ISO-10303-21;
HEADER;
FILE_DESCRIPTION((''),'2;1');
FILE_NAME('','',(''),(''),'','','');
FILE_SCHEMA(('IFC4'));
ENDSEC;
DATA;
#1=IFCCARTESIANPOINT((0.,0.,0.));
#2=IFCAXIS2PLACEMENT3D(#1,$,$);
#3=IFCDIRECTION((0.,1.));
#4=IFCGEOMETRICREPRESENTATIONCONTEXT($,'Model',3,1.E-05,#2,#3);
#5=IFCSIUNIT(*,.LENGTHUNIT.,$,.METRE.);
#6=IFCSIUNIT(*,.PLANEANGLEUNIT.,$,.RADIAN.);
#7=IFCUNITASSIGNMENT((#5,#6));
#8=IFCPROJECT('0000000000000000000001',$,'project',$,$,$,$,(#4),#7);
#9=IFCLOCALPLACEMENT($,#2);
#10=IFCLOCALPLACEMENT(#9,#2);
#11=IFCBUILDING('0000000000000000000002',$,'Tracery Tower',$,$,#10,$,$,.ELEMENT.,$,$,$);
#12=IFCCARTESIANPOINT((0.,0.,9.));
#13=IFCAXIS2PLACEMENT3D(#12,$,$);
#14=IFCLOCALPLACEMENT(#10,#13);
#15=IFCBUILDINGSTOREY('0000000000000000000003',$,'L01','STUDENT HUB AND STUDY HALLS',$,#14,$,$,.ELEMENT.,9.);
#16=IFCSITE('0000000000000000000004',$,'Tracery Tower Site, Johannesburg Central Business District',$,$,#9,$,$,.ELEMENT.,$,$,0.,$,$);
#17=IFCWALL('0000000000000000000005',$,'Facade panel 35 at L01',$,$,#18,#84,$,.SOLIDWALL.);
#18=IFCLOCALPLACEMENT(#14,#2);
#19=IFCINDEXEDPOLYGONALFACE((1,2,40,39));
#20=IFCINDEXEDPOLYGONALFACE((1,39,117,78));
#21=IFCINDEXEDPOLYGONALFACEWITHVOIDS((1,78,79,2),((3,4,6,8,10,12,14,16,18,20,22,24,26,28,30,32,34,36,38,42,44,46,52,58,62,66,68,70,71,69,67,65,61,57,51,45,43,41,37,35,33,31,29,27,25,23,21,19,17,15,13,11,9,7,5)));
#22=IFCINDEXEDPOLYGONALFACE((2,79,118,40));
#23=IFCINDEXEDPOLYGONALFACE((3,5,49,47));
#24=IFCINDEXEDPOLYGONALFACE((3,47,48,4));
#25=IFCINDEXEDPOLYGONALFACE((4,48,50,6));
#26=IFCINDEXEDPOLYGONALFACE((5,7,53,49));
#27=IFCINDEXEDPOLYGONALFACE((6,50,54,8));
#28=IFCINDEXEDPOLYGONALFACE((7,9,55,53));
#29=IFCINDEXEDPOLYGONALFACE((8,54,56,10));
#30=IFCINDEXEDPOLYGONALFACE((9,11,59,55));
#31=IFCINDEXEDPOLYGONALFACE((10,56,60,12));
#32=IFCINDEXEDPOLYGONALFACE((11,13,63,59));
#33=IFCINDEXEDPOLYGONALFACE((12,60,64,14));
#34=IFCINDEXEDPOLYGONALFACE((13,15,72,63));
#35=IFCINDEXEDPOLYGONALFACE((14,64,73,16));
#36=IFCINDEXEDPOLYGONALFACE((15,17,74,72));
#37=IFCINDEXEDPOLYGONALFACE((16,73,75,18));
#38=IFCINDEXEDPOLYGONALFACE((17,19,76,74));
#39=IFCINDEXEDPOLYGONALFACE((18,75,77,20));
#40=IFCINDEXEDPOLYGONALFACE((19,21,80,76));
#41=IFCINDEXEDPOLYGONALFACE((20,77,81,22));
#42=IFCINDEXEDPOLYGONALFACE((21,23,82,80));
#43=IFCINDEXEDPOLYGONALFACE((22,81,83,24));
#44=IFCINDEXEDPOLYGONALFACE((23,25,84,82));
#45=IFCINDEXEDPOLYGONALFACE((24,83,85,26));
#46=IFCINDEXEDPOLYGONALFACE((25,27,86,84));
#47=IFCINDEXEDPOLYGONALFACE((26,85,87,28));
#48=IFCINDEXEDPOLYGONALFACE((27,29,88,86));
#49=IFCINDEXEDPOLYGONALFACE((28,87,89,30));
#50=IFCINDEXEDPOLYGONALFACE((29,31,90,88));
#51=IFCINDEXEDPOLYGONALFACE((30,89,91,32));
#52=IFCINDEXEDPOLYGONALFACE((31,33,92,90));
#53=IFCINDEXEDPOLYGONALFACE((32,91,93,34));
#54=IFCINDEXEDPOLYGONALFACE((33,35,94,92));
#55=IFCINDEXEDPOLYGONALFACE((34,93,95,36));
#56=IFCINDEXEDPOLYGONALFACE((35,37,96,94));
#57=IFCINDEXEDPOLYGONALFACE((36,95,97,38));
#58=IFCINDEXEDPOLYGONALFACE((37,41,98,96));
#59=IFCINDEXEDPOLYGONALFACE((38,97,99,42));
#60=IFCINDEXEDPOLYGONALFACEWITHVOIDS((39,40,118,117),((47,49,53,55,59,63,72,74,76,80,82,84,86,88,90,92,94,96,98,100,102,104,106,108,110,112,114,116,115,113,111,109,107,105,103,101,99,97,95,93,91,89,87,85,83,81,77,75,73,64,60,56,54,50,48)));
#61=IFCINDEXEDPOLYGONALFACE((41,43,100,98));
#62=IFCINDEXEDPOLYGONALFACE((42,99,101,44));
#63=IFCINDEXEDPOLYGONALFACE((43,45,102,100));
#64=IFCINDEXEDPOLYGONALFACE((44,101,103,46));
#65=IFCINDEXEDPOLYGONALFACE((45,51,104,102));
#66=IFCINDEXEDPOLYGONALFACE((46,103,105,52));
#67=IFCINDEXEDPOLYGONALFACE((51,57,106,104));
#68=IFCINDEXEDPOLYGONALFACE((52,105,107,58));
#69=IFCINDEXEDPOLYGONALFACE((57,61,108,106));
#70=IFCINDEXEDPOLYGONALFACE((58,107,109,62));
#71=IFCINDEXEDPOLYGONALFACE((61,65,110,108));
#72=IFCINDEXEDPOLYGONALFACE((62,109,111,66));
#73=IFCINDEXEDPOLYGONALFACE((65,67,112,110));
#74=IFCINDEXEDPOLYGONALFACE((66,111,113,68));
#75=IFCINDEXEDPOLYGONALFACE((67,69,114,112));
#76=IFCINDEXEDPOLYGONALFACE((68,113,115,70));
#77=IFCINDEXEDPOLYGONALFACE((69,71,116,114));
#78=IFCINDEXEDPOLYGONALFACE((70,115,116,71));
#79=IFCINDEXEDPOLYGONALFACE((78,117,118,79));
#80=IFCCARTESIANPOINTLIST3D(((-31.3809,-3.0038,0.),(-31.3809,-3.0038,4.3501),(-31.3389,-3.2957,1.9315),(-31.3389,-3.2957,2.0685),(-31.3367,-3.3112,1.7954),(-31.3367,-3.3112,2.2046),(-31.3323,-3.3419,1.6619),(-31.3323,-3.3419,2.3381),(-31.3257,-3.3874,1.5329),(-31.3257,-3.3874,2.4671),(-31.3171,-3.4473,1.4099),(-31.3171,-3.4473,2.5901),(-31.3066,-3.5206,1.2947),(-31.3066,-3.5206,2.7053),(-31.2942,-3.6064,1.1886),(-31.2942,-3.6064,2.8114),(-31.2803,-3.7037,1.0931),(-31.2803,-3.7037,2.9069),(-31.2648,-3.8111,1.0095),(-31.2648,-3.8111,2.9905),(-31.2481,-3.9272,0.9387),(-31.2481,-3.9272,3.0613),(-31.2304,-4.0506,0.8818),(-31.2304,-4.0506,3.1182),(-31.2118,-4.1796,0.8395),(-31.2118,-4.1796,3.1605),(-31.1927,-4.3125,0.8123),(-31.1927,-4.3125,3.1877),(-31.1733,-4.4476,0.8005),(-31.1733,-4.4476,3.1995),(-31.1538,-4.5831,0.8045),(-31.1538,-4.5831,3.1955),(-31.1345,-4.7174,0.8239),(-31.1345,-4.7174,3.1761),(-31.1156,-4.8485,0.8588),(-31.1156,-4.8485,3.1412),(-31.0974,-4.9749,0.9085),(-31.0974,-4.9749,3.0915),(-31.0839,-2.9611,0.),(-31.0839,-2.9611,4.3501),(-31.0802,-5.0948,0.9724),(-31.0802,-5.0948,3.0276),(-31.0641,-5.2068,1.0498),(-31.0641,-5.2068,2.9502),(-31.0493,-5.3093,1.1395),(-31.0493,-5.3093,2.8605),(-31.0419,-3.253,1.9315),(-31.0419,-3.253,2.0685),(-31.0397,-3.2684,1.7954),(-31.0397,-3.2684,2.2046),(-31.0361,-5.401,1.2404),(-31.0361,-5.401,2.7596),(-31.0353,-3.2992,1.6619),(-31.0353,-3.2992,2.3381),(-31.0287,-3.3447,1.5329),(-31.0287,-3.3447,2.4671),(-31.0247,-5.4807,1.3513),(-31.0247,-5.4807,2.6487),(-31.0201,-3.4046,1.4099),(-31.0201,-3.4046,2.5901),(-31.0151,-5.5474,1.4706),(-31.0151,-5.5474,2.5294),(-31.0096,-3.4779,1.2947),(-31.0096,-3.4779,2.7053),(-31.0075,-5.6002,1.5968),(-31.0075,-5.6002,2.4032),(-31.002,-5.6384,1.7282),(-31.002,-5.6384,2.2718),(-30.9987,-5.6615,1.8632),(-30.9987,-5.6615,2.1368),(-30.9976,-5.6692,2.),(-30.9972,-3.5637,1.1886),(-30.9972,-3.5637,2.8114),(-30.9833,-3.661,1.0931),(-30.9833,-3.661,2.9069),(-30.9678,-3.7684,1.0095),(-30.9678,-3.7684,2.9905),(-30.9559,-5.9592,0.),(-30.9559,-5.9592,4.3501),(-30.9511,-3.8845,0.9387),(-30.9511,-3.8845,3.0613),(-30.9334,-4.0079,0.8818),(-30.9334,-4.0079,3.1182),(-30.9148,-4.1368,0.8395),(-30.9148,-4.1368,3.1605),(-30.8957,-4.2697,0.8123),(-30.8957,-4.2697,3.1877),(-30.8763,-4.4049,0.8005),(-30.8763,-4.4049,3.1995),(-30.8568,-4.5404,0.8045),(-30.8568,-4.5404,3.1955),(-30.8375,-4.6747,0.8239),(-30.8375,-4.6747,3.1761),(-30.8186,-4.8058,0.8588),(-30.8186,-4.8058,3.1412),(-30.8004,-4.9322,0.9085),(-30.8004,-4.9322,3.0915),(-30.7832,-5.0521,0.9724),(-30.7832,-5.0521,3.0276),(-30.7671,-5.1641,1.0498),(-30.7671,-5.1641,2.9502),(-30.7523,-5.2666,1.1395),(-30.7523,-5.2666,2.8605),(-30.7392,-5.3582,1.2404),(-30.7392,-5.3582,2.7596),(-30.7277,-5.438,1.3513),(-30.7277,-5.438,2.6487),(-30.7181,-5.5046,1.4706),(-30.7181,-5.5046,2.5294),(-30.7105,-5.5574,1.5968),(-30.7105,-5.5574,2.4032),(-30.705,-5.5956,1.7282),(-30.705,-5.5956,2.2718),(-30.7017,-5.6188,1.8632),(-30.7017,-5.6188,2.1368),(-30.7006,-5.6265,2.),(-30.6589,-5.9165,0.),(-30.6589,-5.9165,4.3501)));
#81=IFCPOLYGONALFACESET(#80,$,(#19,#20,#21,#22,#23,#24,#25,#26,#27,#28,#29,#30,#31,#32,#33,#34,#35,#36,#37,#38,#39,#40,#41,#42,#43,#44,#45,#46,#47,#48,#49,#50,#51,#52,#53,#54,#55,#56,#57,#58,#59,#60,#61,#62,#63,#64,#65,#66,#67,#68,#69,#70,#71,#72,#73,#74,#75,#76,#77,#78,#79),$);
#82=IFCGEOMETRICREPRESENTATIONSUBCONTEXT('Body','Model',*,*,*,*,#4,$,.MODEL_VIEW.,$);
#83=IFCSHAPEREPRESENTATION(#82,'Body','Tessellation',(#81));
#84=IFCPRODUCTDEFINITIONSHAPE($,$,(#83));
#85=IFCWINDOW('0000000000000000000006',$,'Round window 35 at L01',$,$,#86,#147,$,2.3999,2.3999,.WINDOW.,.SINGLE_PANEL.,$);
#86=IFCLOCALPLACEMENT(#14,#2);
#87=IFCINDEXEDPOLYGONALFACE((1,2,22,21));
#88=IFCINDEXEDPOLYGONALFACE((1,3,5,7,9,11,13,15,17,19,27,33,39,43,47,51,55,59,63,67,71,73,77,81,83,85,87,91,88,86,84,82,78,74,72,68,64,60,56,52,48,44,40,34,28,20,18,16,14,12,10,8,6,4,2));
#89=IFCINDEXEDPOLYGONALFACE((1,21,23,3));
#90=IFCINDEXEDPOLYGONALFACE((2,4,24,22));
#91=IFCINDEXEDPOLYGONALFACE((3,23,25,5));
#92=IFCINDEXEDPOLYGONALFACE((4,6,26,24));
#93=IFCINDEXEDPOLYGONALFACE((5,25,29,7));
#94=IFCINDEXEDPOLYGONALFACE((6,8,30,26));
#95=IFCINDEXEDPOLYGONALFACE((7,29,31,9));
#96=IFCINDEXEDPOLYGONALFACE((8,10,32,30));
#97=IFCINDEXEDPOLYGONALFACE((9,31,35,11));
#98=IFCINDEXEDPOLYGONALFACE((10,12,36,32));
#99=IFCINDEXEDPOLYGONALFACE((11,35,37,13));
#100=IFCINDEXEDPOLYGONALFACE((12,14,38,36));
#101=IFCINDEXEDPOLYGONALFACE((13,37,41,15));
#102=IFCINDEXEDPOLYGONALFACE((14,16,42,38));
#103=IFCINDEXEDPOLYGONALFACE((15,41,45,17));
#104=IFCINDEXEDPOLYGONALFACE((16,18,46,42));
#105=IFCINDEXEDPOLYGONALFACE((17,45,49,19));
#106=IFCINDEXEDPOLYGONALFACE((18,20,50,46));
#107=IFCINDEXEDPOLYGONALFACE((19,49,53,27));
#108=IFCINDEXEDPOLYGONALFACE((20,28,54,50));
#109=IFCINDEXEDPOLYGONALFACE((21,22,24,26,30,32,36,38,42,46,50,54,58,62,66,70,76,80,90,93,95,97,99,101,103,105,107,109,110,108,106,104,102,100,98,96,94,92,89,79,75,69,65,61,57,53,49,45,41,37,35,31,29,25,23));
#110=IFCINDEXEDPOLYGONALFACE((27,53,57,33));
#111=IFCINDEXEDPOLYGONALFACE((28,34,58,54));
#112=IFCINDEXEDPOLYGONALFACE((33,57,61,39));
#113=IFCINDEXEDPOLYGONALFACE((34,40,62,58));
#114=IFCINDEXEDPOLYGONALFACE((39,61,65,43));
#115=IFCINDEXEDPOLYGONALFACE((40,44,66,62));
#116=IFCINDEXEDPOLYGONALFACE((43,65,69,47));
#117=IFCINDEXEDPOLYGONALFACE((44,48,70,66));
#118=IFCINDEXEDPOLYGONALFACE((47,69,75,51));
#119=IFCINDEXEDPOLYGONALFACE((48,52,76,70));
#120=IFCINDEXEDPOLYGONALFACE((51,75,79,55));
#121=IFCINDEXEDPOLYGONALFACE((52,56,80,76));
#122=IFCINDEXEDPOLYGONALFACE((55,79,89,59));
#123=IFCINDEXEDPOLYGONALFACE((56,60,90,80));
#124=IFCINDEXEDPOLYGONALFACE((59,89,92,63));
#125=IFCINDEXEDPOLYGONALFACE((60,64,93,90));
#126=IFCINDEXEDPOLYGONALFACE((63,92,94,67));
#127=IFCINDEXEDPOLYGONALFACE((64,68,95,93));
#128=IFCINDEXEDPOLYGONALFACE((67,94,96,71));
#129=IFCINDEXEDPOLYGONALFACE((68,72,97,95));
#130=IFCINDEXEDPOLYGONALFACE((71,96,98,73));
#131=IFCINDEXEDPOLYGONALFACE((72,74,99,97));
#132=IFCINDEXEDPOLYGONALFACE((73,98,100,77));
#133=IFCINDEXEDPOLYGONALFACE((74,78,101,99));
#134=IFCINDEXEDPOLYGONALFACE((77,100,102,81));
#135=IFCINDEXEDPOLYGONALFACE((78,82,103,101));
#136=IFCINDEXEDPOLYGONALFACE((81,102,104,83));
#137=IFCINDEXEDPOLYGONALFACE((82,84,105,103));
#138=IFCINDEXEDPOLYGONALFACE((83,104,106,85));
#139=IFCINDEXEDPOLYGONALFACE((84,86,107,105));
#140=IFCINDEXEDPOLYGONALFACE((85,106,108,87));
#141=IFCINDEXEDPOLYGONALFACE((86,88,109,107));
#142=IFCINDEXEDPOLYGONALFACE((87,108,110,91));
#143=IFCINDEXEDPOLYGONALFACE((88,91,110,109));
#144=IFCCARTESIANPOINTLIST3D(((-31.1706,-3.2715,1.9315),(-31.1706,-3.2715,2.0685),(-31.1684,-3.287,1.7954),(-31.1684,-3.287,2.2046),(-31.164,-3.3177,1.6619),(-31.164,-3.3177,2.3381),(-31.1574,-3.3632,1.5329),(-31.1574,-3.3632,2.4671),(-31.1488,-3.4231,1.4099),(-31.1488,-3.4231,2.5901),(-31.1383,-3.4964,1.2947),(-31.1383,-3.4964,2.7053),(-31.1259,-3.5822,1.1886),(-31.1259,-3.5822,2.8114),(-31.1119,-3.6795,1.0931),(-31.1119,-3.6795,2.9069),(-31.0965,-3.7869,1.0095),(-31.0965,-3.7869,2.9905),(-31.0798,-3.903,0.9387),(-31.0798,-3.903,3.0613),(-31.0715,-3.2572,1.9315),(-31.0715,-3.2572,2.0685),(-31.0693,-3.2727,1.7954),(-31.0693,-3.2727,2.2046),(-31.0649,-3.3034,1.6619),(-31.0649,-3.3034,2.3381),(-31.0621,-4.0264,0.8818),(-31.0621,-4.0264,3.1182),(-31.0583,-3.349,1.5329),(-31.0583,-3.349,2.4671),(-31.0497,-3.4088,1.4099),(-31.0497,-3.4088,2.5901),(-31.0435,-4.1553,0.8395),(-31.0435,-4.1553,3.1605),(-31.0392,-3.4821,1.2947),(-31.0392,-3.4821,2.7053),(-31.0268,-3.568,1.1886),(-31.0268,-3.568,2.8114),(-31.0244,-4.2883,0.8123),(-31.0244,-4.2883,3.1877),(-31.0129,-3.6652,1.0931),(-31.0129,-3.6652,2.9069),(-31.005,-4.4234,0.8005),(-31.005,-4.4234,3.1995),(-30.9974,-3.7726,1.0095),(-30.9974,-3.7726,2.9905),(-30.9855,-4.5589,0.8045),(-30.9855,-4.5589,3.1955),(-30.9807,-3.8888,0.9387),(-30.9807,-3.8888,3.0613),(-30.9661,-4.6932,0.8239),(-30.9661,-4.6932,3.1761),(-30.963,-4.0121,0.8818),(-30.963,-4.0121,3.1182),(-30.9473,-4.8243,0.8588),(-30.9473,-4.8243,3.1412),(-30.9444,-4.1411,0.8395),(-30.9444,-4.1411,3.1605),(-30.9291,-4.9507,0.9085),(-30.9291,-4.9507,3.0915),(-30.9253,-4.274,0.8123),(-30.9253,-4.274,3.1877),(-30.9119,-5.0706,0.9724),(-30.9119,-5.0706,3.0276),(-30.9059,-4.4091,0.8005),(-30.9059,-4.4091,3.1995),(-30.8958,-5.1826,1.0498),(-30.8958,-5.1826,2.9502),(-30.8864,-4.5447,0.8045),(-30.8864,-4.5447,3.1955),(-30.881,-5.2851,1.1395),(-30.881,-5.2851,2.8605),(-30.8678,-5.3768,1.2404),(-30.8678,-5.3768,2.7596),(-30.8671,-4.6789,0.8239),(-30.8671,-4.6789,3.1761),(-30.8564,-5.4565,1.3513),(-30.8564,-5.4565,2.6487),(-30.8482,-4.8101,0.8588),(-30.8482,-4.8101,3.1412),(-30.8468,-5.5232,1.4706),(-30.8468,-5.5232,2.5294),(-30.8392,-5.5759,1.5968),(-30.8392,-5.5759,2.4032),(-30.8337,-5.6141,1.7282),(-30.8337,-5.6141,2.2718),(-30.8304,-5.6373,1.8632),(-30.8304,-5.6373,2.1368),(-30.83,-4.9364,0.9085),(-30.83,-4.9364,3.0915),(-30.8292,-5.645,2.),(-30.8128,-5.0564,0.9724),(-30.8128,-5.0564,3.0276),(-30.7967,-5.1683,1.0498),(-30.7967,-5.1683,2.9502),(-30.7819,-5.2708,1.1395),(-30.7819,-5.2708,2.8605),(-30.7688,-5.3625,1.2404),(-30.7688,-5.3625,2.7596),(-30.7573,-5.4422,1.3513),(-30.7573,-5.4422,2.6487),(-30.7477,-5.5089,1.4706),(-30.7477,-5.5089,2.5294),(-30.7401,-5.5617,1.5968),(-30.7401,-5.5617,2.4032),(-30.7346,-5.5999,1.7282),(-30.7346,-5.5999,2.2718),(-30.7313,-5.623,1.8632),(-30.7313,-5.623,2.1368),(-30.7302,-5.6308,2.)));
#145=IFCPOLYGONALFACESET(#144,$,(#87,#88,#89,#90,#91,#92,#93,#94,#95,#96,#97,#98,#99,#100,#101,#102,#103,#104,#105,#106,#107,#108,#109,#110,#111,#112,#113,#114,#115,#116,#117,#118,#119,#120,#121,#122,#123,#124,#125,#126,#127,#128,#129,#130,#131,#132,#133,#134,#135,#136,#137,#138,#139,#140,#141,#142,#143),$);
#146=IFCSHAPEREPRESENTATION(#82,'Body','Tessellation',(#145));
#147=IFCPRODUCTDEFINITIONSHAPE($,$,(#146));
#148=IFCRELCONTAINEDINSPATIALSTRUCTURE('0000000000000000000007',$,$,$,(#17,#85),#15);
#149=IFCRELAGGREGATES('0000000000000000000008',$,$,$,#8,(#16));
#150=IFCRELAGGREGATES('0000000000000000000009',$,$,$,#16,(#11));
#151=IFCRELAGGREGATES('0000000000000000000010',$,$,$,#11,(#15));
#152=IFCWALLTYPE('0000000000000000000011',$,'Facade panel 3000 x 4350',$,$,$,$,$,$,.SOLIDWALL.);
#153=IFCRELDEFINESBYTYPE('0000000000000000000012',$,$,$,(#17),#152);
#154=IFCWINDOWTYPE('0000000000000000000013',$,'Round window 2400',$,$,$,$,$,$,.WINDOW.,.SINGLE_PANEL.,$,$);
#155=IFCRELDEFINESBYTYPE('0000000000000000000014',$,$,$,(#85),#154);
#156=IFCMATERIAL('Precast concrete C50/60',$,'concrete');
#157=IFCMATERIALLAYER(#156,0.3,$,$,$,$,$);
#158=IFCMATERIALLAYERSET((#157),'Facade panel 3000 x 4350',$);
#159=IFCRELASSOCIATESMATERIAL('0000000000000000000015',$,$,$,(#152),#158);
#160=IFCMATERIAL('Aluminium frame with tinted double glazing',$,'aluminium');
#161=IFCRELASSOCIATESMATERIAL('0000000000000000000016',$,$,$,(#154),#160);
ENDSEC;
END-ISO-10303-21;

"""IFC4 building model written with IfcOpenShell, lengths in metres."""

from ifc_helpers import new_model, si_unit, direction, frame, frame_2d, origin, origin_2d, place, context, subcontext, project, spatial, rectangle, circle, extrude, material, layer, layer_set, type_object, element, fill, save


model = new_model("IFC4")

# Units and contexts
model_context = context("Model", 3, precision=1e-05, world=origin(), true_north=direction((0.0, 1.0)))
body_context = subcontext(model_context, "Body", "Model", "MODEL_VIEW")
ifc_project = project(units=[si_unit("LENGTHUNIT", "METRE"), si_unit("PLANEANGLEUNIT", "RADIAN")], contexts=[model_context])

# Site, building, storey
site_placement = place(None, origin())
site = spatial("IfcSite", under=ifc_project, at=site_placement, Name="Tracery Tower Site, Johannesburg Central Business District", CompositionType="ELEMENT", RefElevation=0.0)
building_placement = place(site_placement, origin())
building = spatial("IfcBuilding", under=site, at=building_placement, Name="Tracery Tower", CompositionType="ELEMENT")
storey_placement = place(building_placement, frame((0.0, 0.0, 9.0)))
storey = spatial("IfcBuildingStorey", under=building, at=storey_placement, Name="L01", Description="STUDENT HUB AND STUDY HALLS", CompositionType="ELEMENT", Elevation=9.0)

# Wall, opening, window
ifc_material_1 = material(Name="Precast concrete C50/60", Category="concrete")
ifc_layer_1 = layer(ifc_material_1, 0.3)
ifc_layer_set_1 = layer_set([ifc_layer_1], Name="Facade panel 3000 x 4350")
wall_type_1 = type_object("IfcWallType", Name="Facade panel 3000 x 4350", PredefinedType="SOLIDWALL", material=ifc_layer_set_1)
wall_1_placement = place(storey_placement, frame((-31.2324, -2.9824, 0.0), z_axis=(0.0, 0.0, 1.0), x_axis=(0.14236, -0.989815, 0.0)))
wall_1 = element("IfcWall", 1, at=wall_1_placement, inside=storey, type_object=wall_type_1, Name="Facade panel 35 at L01", PredefinedType="SOLIDWALL", context=body_context, shape_type="SweptSolid", body=[
    extrude(rectangle(XDim=2.9858, YDim=0.3, at=frame_2d((1.4929, 0.0))), origin(), (0.0, 0.0, 1.0), 4.3501),
])
opening_1_placement = place(wall_1_placement, frame((1.4929, 0.0, 2.0)))
opening_1 = element("IfcOpeningElement", 2, at=opening_1_placement, cuts=wall_1, PredefinedType="OPENING", context=body_context, shape_type="SweptSolid", body=[
    extrude(circle(Radius=1.2, at=origin_2d()), frame((0.0, 0.1599, 0.0), z_axis=(0.0, -1.0, 0.0), x_axis=(1.0, 0.0, 0.0)), (0.0, 0.0, 1.0), 0.3201),
])
ifc_material_2 = material(Name="Aluminium frame with tinted double glazing", Category="aluminium")
window_type = type_object("IfcWindowType", Name="Round window 2400", PartitioningType="SINGLE_PANEL", PredefinedType="WINDOW", material=ifc_material_2)
window_1_placement = place(opening_1_placement, origin())
window_1 = element("IfcWindow", 3, at=window_1_placement, inside=storey, type_object=window_type, Name="Round window 35 at L01", OverallHeight=2.3999, OverallWidth=2.3999, PartitioningType="SINGLE_PANEL", PredefinedType="WINDOW", context=body_context, shape_type="SweptSolid", body=[
    extrude(circle(Radius=1.2, at=origin_2d()), frame((0.0, 0.1201, 0.0), z_axis=(0.0, -1.0, 0.0), x_axis=(1.0, 0.0, 0.0)), (0.0, 0.0, 1.0), 0.1001),
])
fill(opening_1, window_1)

save(model, "model.ifc")
